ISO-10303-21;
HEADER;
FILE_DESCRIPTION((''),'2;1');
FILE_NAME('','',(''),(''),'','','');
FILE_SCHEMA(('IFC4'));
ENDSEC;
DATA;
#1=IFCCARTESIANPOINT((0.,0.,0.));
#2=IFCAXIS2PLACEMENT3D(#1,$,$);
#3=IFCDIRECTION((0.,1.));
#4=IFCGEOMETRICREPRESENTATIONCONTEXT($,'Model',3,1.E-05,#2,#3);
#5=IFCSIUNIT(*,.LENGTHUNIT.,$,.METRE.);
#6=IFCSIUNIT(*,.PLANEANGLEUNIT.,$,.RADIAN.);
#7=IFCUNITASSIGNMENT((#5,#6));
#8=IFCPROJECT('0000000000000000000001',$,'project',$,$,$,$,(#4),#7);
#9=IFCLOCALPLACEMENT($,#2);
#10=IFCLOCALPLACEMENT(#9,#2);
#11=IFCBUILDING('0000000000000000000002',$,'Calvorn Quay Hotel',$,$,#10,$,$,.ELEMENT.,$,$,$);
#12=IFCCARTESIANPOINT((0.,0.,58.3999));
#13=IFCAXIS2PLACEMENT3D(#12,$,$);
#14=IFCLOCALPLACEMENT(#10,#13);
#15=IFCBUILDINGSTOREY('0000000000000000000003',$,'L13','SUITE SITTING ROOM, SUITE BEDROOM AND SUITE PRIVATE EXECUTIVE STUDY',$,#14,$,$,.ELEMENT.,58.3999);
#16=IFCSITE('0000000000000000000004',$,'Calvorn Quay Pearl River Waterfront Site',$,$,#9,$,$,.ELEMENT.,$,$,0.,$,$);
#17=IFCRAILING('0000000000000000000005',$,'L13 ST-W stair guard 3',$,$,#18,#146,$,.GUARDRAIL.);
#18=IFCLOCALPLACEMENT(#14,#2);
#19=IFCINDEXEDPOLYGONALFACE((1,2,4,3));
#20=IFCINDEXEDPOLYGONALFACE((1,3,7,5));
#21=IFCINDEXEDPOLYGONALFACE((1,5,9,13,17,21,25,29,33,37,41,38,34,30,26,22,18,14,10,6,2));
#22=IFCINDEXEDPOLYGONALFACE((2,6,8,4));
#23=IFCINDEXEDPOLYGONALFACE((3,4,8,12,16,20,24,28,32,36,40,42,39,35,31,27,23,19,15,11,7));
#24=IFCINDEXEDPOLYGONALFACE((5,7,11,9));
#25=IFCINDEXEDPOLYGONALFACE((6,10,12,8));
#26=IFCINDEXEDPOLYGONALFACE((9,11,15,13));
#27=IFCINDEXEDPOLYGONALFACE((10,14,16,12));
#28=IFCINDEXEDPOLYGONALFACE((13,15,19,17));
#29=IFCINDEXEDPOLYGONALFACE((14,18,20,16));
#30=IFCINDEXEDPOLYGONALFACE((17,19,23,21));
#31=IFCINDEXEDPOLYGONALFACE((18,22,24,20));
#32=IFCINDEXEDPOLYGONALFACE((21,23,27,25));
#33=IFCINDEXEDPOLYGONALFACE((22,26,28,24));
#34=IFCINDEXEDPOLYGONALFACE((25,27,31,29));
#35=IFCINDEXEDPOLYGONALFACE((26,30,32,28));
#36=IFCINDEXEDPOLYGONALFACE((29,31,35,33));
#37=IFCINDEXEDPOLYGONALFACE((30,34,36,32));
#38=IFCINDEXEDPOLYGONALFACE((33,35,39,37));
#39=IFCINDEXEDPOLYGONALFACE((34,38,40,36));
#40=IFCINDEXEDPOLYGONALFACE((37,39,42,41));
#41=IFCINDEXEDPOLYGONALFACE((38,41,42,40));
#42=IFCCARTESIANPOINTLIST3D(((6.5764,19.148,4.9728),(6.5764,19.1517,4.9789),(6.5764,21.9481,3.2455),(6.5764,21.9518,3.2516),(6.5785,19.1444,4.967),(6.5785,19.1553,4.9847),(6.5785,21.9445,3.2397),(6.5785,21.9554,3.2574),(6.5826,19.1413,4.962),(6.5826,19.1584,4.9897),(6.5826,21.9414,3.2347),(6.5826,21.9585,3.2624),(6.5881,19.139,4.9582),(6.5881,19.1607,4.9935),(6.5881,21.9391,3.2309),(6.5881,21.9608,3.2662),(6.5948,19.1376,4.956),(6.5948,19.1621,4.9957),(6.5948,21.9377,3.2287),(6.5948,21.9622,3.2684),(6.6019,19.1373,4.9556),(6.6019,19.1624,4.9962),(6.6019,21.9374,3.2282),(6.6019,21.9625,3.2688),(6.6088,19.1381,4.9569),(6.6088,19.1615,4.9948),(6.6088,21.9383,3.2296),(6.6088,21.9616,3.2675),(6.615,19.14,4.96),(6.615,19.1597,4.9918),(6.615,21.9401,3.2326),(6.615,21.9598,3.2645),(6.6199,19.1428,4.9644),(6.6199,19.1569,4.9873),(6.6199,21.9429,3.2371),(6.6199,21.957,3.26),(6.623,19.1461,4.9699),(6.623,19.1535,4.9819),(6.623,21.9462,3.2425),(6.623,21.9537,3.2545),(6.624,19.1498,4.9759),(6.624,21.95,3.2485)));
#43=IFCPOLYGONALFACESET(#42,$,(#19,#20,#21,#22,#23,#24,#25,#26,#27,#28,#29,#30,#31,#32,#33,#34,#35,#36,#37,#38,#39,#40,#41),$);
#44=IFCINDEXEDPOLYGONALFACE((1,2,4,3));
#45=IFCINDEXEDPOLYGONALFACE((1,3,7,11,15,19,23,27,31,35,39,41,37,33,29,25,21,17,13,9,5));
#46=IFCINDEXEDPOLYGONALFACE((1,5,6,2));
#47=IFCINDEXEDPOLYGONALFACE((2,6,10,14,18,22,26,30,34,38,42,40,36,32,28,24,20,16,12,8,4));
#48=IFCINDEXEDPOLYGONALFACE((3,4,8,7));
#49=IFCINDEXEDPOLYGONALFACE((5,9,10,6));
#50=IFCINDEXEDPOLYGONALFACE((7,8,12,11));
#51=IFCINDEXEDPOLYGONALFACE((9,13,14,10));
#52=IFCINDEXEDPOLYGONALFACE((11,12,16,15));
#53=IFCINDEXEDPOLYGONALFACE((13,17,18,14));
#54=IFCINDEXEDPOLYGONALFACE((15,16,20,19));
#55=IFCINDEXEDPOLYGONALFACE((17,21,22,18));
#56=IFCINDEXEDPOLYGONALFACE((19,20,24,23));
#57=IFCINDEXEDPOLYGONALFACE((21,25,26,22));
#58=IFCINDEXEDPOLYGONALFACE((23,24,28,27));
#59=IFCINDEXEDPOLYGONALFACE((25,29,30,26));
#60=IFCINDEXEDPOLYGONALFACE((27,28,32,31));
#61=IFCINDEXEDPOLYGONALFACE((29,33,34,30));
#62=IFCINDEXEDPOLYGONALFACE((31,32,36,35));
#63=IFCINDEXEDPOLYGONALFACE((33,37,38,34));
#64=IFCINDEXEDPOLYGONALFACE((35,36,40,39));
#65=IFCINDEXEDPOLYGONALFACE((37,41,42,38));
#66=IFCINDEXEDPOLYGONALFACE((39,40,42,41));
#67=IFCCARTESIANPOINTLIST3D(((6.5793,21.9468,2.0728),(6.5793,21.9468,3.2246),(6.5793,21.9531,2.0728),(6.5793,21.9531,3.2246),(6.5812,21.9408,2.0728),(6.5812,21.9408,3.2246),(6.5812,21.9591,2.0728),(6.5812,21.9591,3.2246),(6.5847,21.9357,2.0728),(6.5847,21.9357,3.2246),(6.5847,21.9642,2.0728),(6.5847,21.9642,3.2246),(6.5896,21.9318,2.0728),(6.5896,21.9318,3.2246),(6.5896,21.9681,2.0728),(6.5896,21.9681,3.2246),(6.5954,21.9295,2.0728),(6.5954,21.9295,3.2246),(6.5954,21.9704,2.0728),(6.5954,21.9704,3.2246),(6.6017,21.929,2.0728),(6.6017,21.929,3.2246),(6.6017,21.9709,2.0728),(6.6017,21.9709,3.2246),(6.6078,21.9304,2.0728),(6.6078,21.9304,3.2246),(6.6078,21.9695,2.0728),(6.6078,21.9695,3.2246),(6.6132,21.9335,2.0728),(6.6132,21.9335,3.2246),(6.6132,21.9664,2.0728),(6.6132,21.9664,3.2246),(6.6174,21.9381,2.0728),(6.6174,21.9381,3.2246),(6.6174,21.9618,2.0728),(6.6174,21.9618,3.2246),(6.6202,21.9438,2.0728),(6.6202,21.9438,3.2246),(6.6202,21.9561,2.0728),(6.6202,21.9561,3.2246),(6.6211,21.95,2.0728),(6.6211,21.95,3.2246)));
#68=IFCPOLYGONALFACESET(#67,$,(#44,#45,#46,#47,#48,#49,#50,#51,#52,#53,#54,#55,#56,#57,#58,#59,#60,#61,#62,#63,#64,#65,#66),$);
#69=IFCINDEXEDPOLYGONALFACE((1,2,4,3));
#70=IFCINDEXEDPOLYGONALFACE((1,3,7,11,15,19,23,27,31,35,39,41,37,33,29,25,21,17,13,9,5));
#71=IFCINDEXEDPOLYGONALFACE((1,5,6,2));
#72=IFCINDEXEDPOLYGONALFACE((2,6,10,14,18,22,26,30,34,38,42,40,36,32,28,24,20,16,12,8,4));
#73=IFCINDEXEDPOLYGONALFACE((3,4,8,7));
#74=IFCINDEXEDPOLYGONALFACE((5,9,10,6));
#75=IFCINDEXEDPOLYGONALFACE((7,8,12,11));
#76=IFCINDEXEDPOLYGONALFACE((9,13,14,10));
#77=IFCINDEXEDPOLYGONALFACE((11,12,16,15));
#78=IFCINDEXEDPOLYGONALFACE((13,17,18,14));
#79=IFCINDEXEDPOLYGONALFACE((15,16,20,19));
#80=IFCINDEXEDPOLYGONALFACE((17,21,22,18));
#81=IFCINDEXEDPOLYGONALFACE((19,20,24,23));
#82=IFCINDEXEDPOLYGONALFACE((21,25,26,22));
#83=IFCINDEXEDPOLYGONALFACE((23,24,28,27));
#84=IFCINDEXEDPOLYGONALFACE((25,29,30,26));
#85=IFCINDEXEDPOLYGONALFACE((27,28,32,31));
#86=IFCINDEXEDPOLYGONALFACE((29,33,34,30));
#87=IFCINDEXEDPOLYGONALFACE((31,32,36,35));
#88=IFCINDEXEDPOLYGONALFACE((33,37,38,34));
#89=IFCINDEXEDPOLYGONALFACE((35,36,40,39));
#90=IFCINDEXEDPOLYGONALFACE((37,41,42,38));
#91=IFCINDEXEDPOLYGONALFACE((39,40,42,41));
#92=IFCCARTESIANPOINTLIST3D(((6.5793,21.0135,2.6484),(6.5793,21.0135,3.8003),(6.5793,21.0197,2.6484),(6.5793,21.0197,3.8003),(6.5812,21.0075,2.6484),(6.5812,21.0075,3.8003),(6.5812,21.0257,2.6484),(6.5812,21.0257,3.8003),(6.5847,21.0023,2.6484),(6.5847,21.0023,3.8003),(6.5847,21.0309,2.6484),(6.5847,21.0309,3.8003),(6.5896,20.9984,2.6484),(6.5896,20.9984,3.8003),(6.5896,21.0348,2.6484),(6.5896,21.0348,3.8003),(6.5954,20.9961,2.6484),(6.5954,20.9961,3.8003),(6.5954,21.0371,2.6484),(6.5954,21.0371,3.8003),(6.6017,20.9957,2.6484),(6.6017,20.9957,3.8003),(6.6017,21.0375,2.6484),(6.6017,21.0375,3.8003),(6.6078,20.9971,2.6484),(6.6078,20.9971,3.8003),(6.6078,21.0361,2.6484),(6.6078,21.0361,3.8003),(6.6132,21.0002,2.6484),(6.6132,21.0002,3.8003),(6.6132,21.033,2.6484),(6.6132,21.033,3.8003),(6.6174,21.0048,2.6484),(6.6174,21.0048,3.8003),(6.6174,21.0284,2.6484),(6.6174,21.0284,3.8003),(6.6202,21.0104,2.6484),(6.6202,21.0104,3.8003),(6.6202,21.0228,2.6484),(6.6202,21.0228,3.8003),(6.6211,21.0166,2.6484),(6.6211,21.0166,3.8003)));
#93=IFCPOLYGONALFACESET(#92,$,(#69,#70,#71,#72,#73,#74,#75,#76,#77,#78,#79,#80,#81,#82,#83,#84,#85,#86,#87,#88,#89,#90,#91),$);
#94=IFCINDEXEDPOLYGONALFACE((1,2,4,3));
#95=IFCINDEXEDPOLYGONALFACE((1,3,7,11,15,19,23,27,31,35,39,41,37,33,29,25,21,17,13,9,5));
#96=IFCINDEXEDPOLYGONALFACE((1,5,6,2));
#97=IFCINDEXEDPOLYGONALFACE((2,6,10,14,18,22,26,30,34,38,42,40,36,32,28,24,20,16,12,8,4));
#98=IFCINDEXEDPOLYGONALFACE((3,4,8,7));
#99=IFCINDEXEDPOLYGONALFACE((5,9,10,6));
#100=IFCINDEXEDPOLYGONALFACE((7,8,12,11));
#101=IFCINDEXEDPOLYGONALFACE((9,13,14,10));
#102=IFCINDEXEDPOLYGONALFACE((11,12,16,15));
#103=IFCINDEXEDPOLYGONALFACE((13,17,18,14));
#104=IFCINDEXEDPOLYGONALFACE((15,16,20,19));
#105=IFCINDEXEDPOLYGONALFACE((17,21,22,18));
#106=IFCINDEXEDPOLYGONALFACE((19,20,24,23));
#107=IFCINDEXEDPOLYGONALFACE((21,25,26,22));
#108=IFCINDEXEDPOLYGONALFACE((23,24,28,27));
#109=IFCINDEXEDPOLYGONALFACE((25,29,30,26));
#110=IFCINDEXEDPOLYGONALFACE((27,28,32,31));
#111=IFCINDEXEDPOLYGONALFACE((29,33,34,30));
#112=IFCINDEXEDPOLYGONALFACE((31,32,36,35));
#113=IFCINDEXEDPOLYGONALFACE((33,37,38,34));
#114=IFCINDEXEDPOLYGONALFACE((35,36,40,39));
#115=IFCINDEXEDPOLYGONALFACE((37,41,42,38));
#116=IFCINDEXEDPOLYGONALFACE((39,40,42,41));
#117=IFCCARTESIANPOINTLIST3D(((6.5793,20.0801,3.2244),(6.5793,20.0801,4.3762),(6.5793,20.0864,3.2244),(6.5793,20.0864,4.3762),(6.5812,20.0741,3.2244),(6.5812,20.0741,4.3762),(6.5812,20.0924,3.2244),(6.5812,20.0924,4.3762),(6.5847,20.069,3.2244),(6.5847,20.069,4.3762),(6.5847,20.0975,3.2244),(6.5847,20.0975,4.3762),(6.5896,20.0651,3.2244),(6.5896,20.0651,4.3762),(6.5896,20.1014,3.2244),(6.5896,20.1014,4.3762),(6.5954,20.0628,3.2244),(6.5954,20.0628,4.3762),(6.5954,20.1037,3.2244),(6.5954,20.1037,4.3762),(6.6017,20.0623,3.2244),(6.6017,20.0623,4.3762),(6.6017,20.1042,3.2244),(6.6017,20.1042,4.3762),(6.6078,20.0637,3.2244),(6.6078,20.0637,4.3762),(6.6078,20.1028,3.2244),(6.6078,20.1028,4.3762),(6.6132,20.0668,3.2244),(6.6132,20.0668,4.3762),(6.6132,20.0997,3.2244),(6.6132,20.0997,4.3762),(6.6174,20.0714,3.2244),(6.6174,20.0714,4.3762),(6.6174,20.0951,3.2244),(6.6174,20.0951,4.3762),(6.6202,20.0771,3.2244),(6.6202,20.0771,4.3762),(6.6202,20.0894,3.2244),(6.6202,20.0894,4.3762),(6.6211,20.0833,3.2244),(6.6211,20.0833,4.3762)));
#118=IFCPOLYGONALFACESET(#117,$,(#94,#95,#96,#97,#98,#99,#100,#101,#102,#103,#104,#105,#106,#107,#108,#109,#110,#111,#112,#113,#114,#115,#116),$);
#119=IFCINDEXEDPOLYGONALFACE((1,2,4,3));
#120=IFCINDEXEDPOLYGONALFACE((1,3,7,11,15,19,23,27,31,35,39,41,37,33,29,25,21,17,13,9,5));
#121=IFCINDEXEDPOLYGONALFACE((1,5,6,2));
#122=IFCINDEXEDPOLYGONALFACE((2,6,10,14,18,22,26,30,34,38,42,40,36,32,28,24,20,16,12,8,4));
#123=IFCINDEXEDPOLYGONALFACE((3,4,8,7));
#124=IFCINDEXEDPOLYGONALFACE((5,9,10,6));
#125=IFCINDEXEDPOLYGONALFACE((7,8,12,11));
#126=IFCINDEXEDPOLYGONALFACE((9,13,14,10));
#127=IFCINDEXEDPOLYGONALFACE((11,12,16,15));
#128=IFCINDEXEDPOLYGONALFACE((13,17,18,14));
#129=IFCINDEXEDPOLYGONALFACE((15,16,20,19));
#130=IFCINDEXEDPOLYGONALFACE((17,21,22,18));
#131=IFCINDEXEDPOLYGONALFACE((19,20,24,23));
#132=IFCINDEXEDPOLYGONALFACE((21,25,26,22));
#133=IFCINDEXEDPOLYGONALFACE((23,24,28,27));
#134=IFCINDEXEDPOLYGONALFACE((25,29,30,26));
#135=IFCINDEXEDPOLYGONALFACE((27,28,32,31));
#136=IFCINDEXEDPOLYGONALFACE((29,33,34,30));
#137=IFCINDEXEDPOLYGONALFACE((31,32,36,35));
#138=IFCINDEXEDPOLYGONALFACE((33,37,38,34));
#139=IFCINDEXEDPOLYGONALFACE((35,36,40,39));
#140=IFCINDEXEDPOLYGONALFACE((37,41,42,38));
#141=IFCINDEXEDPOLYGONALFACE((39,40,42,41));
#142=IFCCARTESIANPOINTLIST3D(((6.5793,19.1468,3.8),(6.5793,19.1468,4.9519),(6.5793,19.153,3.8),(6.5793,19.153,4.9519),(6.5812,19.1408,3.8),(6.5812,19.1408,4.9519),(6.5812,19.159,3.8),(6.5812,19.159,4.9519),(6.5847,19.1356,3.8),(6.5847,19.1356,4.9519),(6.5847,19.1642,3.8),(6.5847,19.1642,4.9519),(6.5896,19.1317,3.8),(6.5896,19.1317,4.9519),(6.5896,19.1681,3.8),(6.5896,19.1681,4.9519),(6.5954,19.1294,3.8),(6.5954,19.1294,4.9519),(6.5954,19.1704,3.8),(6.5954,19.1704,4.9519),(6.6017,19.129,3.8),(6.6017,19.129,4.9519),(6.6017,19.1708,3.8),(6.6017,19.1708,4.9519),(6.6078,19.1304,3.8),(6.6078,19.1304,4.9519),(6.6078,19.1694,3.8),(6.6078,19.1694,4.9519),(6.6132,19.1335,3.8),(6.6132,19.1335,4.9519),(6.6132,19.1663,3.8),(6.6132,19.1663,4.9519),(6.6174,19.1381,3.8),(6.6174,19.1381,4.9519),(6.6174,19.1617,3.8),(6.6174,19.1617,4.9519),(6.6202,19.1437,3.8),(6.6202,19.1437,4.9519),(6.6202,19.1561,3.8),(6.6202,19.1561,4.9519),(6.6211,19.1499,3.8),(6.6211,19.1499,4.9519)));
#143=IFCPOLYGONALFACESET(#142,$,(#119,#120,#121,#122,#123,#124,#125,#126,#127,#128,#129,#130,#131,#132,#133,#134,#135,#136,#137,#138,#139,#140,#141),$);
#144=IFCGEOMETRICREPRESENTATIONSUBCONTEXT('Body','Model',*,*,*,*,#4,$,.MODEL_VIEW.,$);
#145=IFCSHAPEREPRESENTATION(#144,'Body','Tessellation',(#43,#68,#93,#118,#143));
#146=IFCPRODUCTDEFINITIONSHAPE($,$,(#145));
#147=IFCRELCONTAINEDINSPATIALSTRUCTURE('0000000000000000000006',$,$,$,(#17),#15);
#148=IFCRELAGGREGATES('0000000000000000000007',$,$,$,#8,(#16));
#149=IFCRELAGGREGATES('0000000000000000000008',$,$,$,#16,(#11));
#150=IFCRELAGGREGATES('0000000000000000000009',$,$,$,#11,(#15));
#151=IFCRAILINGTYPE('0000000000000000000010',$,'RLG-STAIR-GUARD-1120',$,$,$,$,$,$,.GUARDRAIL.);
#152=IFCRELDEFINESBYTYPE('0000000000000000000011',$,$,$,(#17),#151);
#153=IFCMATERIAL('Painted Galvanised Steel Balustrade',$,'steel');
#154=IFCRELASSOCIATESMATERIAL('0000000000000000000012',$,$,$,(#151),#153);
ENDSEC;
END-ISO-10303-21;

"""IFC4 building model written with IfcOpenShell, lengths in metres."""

from ifc_helpers import new_model, si_unit, direction, frame, origin, origin_2d, place, context, subcontext, project, spatial, circle, extrude, material, type_object, element, save


model = new_model("IFC4")

# Units and contexts
model_context = context("Model", 3, precision=1e-05, world=origin(), true_north=direction((0.0, 1.0)))
body_context = subcontext(model_context, "Body", "Model", "MODEL_VIEW")
ifc_project = project(units=[si_unit("LENGTHUNIT", "METRE"), si_unit("PLANEANGLEUNIT", "RADIAN")], contexts=[model_context])

# Site, building, storey
site_placement = place(None, origin())
site = spatial("IfcSite", under=ifc_project, at=site_placement, Name="Calvorn Quay Pearl River Waterfront Site", CompositionType="ELEMENT", RefElevation=0.0)
building_placement = place(site_placement, origin())
building = spatial("IfcBuilding", under=site, at=building_placement, Name="Calvorn Quay Hotel", CompositionType="ELEMENT")
storey_placement = place(building_placement, frame((0.0, 0.0, 58.3999)))
storey = spatial("IfcBuildingStorey", under=building, at=storey_placement, Name="L13", Description="SUITE SITTING ROOM, SUITE BEDROOM AND SUITE PRIVATE EXECUTIVE STUDY", CompositionType="ELEMENT", Elevation=58.3999)

# Railing
ifc_material_1 = material(Name="Painted Galvanised Steel Balustrade", Category="steel")
railing_type_1 = type_object("IfcRailingType", Name="RLG-STAIR-GUARD-1120", PredefinedType="GUARDRAIL", material=ifc_material_1)
railing_1_placement = place(storey_placement, frame((6.6001, 21.95, 2.0728)))
element("IfcRailing", 1, at=railing_1_placement, inside=storey, type_object=railing_type_1, Name="L13 ST-W stair guard 3", PredefinedType="GUARDRAIL", context=body_context, shape_type="SweptSolid", body=[
    extrude(circle(Radius=0.0239, at=origin_2d()), frame((0.0, 0.0, 1.1758), z_axis=(0.0, -0.85109, 0.52502), x_axis=(1.0, 0.0, 0.0)), (0.0, 0.0, 1.0), 3.29),
    extrude(circle(Radius=0.021, at=origin_2d()), origin(), (0.0, 0.0, 1.0), 1.1519),
    extrude(circle(Radius=0.021, at=origin_2d()), frame((0.0, -0.9333, 0.5757)), (0.0, 0.0, 1.0), 1.1519),
    extrude(circle(Radius=0.021, at=origin_2d()), frame((0.0, -1.8667, 1.1516)), (0.0, 0.0, 1.0), 1.1519),
    extrude(circle(Radius=0.021, at=origin_2d()), frame((0.0, -2.8, 1.7273)), (0.0, 0.0, 1.0), 1.1519),
])

save(model, "model.ifc")
